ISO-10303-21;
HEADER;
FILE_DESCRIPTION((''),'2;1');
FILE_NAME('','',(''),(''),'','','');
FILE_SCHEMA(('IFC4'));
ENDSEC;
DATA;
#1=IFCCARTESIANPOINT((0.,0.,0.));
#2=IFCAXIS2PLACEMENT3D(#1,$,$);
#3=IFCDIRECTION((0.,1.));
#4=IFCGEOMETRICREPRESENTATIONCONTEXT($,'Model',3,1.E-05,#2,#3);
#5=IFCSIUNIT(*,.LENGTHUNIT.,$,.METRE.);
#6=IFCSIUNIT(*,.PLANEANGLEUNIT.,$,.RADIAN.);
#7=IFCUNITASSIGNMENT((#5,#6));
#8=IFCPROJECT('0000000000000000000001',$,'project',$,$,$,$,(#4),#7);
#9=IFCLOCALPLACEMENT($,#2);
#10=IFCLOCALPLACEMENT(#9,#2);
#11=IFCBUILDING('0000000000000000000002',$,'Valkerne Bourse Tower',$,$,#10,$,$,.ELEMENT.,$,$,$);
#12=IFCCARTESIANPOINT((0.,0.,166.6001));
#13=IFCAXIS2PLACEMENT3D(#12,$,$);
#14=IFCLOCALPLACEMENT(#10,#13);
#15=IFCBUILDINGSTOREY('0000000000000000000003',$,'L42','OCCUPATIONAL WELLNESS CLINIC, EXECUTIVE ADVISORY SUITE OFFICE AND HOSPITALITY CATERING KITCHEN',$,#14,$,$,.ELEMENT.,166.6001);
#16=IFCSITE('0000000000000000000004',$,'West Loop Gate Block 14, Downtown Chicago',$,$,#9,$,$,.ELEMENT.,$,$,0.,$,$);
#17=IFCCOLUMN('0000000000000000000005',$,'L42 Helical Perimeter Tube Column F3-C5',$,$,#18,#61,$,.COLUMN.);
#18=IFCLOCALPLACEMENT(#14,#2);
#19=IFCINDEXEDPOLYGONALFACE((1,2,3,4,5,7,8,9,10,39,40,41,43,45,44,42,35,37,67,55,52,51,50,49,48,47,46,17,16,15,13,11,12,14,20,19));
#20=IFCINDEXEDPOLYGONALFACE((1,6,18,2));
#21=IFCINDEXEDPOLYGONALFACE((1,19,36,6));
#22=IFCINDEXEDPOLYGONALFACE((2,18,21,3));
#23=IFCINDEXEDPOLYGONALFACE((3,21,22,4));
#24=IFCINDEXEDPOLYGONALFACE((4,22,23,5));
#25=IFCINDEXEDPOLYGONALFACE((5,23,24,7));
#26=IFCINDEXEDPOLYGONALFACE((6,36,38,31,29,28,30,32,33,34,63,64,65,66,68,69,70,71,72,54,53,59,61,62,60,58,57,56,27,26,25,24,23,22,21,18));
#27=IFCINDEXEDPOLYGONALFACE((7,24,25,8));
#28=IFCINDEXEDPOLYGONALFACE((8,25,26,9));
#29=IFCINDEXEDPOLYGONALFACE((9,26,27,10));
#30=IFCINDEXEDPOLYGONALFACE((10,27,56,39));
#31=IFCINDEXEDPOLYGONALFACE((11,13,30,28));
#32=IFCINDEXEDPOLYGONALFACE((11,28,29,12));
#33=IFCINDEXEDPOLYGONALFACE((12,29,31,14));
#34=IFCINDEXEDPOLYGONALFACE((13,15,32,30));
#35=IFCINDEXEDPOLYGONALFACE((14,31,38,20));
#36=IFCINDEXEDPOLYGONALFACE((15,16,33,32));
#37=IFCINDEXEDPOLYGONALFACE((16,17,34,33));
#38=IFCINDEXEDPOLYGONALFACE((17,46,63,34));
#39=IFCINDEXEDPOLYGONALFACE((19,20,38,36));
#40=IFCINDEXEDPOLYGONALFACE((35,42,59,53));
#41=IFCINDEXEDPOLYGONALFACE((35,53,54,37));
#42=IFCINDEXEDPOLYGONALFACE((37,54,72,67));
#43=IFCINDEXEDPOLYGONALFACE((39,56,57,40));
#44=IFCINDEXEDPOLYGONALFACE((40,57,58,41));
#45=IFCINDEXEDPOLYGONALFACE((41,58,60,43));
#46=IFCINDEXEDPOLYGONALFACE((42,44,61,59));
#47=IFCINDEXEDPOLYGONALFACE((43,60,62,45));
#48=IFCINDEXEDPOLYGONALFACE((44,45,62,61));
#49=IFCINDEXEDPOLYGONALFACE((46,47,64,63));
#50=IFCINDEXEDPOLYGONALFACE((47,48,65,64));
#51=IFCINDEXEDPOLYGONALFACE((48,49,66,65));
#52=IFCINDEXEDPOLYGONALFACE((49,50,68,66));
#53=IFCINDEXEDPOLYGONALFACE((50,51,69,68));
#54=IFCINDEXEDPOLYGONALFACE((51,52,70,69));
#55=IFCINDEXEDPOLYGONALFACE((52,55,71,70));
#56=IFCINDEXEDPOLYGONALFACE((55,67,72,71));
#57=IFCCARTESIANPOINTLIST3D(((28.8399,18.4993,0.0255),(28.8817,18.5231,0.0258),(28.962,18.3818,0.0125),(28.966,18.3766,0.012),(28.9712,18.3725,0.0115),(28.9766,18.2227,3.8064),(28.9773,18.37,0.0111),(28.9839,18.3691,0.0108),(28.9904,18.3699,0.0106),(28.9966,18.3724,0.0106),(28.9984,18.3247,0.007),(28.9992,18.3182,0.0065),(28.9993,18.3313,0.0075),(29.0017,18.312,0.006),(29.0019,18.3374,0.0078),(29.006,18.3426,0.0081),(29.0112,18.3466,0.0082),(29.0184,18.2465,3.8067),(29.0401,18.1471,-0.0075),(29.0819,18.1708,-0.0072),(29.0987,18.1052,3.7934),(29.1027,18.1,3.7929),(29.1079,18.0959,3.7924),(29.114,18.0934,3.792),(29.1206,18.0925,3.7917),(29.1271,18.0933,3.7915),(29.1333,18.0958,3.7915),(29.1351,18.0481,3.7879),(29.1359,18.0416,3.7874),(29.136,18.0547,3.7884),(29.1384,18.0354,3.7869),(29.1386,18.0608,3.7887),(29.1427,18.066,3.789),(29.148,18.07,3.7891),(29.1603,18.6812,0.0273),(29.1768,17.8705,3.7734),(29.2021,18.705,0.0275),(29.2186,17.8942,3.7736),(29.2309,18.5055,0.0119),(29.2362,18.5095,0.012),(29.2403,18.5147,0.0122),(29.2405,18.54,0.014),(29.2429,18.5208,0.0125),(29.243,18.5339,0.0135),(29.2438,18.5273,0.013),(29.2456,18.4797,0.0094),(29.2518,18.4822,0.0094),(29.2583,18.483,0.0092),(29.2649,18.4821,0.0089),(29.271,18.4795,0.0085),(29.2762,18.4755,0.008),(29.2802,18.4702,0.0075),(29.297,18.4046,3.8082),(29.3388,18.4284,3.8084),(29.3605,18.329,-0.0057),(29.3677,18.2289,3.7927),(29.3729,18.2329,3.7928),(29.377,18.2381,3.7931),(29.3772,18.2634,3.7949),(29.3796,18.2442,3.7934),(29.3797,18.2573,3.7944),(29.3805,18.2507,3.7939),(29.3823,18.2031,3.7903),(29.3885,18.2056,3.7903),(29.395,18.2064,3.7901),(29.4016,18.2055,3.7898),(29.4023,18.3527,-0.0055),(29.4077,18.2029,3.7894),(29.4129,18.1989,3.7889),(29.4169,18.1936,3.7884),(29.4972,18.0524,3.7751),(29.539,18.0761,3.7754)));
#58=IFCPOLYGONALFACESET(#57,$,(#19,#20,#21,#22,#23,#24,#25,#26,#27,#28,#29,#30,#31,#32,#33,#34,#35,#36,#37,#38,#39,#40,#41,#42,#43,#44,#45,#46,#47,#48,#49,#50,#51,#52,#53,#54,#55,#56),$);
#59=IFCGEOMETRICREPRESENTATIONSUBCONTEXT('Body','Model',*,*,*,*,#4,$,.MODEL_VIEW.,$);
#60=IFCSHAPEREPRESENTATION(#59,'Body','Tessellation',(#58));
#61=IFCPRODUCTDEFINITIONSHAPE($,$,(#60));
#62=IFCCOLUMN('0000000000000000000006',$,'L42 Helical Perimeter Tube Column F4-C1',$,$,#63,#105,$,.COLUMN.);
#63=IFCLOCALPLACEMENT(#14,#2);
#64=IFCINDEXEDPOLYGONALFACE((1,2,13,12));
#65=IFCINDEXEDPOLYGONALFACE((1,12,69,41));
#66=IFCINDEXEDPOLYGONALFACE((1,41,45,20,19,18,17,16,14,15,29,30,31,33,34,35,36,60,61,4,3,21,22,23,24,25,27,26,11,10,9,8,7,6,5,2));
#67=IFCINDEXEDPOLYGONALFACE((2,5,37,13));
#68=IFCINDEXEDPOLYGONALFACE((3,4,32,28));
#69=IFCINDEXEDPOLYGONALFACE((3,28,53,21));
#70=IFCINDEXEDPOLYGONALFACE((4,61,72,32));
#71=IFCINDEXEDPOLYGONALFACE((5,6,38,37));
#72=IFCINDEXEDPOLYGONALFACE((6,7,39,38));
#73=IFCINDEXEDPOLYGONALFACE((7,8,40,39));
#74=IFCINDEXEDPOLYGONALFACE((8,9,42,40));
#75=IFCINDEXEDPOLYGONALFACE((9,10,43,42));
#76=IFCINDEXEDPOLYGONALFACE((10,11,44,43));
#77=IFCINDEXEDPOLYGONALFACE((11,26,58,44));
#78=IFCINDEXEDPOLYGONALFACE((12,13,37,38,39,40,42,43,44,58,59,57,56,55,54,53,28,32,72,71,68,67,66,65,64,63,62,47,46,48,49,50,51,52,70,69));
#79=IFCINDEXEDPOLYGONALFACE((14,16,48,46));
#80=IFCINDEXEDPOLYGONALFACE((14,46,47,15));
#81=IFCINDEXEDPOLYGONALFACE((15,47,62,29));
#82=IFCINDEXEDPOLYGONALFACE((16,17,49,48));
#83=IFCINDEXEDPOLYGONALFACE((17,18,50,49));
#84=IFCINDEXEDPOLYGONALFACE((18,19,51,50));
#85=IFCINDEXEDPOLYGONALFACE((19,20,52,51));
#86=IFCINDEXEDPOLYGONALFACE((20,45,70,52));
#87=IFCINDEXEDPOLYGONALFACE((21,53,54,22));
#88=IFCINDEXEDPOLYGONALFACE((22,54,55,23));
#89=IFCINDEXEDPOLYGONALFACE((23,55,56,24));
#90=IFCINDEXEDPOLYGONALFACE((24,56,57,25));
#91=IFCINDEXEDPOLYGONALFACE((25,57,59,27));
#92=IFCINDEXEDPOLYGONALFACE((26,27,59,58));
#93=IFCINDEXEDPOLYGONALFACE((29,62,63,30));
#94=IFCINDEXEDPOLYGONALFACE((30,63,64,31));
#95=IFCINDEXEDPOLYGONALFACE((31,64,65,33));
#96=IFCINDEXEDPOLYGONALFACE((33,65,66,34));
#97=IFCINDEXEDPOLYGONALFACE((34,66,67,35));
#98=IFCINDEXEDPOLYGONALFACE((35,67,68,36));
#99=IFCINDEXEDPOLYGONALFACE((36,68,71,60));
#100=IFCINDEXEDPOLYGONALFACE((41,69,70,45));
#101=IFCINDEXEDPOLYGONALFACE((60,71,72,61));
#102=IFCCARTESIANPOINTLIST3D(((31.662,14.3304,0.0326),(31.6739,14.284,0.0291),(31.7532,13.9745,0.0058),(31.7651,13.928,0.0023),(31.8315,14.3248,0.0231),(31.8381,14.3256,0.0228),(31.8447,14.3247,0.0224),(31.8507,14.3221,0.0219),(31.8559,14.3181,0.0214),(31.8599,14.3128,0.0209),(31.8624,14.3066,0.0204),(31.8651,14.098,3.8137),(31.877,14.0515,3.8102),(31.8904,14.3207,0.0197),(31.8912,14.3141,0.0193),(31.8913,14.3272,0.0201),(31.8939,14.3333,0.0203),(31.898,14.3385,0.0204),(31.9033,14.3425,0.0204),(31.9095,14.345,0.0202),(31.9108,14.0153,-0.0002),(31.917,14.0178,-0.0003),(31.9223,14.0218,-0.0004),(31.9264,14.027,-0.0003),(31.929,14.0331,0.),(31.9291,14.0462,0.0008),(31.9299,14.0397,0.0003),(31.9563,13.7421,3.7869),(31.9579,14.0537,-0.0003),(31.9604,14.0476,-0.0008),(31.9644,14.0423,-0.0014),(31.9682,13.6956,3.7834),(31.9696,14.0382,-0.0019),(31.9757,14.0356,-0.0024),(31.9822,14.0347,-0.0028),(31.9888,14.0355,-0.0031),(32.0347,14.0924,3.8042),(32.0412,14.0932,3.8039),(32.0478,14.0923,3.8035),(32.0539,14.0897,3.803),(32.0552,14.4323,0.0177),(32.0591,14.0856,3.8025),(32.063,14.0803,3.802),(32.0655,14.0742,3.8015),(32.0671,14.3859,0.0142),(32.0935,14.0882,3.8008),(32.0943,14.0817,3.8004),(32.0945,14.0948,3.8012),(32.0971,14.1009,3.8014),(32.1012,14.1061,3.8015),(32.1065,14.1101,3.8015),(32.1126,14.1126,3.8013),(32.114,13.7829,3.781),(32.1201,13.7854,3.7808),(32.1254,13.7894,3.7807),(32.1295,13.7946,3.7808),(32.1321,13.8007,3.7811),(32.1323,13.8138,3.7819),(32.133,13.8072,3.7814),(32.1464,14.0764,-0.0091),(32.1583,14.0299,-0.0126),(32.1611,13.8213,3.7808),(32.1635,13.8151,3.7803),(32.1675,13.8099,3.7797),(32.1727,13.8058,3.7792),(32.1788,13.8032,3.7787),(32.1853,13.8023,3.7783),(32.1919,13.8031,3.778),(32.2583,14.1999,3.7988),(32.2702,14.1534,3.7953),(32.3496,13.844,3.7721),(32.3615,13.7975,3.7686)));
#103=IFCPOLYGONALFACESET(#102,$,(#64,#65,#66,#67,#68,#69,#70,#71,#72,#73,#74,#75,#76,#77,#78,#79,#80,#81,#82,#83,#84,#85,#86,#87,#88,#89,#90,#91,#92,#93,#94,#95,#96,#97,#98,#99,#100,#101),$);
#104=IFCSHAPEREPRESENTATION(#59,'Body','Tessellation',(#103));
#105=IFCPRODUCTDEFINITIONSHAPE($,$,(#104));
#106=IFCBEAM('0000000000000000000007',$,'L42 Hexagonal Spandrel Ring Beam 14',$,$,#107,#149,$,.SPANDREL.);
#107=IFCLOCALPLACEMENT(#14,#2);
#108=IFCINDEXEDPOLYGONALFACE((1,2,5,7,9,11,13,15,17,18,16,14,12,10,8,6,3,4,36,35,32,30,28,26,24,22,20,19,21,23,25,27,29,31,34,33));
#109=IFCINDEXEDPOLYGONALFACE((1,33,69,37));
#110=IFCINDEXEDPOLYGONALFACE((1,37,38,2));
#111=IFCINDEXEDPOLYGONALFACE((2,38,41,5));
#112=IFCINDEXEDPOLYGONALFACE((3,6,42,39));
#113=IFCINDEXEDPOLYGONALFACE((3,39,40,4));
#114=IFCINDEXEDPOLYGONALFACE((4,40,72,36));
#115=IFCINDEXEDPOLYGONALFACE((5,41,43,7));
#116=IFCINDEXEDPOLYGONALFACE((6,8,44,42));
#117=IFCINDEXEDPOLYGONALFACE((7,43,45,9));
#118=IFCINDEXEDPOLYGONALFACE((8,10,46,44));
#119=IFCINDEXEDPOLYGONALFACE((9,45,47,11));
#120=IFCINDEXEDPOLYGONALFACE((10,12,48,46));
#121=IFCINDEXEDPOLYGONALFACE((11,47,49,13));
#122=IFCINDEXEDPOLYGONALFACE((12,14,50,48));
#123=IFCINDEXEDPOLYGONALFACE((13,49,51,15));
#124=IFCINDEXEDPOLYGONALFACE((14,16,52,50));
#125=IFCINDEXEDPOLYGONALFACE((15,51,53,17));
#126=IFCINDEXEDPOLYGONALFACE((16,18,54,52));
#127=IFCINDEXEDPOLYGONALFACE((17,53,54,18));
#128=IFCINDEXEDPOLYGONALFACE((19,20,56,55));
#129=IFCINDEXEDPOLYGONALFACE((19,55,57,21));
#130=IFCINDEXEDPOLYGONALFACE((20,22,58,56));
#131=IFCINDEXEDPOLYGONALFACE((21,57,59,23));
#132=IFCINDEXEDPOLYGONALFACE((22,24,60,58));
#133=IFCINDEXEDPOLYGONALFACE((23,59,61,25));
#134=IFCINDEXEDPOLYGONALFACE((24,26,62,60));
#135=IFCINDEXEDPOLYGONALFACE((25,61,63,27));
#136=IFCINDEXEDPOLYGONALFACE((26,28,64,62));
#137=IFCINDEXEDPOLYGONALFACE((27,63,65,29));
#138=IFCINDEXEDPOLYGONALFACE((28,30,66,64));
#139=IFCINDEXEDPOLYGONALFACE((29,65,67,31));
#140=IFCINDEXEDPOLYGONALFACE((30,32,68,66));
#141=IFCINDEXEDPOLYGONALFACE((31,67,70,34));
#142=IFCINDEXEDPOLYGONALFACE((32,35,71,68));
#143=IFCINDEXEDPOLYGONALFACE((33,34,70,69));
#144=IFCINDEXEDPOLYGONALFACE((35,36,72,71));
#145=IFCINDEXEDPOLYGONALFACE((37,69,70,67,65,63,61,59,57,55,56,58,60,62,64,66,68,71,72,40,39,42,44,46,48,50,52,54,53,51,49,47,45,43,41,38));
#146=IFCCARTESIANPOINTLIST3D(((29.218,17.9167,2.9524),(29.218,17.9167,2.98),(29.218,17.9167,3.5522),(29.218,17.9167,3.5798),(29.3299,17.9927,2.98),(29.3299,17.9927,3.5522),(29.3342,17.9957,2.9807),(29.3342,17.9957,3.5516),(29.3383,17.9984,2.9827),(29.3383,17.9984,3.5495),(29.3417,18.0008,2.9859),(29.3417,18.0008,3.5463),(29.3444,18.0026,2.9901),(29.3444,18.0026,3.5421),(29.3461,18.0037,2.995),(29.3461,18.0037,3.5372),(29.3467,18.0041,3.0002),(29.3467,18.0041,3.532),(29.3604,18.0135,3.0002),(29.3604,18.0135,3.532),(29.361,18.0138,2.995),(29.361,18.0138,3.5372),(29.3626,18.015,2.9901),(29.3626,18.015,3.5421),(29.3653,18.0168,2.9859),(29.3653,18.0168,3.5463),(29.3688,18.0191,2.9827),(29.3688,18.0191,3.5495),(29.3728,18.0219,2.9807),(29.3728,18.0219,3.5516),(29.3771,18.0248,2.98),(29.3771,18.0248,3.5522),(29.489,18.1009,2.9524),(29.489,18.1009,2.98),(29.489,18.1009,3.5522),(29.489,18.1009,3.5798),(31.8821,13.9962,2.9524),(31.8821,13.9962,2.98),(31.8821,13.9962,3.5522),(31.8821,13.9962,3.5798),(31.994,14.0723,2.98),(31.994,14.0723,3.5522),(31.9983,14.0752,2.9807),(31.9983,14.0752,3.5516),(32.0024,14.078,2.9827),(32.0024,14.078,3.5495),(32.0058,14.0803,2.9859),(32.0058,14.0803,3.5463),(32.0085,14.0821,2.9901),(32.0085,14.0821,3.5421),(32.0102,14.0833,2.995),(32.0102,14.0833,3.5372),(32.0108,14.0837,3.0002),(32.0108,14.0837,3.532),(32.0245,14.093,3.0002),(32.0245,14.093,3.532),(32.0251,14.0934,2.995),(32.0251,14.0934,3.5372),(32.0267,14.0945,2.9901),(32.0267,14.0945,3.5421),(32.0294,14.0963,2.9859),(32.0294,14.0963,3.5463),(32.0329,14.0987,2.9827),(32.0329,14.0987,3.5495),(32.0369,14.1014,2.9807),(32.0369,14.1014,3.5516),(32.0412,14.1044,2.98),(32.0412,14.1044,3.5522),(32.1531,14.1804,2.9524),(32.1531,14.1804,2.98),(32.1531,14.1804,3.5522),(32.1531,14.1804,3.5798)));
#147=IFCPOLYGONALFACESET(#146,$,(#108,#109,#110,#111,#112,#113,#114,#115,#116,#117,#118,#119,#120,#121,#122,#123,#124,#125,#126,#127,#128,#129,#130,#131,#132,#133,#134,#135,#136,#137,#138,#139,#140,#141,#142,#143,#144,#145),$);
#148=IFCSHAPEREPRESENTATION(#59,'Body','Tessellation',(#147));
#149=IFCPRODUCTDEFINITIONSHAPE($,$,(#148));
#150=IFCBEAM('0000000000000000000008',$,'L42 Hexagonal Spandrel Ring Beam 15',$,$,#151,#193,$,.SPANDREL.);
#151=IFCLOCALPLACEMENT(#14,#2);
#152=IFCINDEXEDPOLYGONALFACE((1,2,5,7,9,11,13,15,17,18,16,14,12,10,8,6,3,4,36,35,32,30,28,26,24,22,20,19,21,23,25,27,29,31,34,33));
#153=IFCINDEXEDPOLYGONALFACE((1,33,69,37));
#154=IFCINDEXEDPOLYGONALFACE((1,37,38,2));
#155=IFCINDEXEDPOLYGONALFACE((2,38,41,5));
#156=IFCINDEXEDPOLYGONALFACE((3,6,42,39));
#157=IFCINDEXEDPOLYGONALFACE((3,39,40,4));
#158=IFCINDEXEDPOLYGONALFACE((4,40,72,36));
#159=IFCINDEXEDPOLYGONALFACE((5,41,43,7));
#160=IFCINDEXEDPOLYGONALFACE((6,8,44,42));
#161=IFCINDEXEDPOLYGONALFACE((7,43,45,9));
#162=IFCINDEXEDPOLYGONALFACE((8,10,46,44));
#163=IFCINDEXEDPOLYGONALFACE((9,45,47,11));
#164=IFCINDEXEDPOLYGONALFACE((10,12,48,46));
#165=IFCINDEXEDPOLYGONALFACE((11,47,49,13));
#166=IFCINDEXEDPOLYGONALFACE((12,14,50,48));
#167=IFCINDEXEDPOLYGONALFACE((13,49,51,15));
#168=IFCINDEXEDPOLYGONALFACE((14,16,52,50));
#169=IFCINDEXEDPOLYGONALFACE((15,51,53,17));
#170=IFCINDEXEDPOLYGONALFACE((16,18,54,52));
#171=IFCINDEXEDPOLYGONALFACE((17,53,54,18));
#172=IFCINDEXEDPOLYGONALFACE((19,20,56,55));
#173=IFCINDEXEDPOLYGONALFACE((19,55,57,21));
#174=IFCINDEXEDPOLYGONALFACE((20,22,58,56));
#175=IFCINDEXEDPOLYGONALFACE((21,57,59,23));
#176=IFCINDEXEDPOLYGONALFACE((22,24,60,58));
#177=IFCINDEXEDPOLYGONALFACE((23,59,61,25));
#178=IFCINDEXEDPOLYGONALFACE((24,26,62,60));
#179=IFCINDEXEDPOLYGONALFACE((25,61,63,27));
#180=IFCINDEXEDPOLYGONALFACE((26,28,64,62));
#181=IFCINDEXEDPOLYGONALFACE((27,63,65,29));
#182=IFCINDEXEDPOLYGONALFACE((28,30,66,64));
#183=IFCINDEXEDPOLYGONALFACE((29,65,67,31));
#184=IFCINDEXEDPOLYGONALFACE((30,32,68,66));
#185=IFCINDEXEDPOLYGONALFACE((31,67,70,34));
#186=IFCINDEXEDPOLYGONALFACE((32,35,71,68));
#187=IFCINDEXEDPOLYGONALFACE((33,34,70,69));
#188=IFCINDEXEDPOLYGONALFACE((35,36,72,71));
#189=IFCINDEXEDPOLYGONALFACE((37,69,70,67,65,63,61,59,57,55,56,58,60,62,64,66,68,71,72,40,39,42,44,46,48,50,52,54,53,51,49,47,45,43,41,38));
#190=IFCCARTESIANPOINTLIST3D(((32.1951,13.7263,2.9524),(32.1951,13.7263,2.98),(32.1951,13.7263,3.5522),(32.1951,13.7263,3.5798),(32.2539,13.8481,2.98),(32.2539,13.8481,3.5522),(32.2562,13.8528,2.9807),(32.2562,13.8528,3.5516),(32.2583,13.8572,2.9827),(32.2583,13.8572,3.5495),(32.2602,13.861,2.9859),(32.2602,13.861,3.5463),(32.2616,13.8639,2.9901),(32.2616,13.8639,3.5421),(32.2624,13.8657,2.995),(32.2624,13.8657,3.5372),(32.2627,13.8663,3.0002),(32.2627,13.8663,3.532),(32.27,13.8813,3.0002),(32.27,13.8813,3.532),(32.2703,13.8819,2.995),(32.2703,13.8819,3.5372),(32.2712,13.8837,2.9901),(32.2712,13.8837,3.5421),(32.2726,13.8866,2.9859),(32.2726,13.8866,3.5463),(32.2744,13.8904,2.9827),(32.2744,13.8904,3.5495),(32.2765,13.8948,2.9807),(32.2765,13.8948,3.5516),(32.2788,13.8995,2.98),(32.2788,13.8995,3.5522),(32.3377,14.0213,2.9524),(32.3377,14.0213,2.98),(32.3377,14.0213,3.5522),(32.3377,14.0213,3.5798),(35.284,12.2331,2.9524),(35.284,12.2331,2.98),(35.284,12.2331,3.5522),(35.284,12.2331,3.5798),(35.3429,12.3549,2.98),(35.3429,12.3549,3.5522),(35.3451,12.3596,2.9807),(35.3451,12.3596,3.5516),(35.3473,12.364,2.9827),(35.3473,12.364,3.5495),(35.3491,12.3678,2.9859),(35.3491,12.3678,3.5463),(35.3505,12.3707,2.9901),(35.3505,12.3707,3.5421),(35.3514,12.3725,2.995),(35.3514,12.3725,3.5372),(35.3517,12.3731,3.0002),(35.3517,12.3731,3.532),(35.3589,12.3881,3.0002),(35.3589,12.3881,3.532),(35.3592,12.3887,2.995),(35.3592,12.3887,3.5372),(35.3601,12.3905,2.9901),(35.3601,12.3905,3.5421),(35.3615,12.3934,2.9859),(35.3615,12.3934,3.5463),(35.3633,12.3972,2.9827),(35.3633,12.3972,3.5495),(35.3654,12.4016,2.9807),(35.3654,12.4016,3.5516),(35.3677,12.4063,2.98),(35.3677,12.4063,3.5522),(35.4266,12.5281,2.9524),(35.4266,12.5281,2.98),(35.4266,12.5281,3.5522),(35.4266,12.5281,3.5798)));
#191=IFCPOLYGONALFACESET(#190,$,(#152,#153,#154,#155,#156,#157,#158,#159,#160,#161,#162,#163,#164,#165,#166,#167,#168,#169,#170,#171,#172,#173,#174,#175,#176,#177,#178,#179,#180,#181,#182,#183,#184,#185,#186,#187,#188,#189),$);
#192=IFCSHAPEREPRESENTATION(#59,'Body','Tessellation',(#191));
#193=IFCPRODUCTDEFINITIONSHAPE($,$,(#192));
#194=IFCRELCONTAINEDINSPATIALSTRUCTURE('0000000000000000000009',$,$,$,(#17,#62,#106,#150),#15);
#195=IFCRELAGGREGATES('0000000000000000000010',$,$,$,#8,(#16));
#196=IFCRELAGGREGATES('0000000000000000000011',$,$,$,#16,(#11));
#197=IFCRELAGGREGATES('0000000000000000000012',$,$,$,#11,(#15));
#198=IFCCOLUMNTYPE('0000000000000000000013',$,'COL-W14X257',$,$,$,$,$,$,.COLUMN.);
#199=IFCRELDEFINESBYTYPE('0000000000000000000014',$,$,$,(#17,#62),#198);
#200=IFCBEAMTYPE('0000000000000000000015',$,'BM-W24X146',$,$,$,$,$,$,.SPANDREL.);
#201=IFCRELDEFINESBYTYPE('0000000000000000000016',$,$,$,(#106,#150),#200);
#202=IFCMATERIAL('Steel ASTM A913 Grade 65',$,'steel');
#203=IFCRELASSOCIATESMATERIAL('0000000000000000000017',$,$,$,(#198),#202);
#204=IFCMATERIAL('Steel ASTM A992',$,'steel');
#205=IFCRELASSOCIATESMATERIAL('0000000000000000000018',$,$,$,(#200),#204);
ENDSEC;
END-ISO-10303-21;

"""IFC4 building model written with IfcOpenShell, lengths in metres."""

from ifc_helpers import new_model, si_unit, direction, frame, origin, origin_2d, place, context, subcontext, project, spatial, i_section, extrude, material, material_profile, profile_set, type_object, element, save


model = new_model("IFC4")

# Units and contexts
model_context = context("Model", 3, precision=1e-05, world=origin(), true_north=direction((0.0, 1.0)))
body_context = subcontext(model_context, "Body", "Model", "MODEL_VIEW")
ifc_project = project(units=[si_unit("LENGTHUNIT", "METRE"), si_unit("PLANEANGLEUNIT", "RADIAN")], contexts=[model_context])

# Site, building, storey
site_placement = place(None, origin())
site = spatial("IfcSite", under=ifc_project, at=site_placement, Name="West Loop Gate Block 14, Downtown Chicago", CompositionType="ELEMENT", RefElevation=0.0)
building_placement = place(site_placement, origin())
building = spatial("IfcBuilding", under=site, at=building_placement, Name="Valkerne Bourse Tower", CompositionType="ELEMENT")
storey_placement = place(building_placement, frame((0.0, 0.0, 166.6001)))
storey = spatial("IfcBuildingStorey", under=building, at=storey_placement, Name="L42", Description="OCCUPATIONAL WELLNESS CLINIC, EXECUTIVE ADVISORY SUITE OFFICE AND HOSPITALITY CATERING KITCHEN", CompositionType="ELEMENT", Elevation=166.6001)

# Columns
ifc_material_1 = material(Name="Steel ASTM A913 Grade 65", Category="steel")
ifc_material_profile_1 = material_profile(ifc_material_1, i_section(OverallWidth=0.4065, OverallDepth=0.4165, WebThickness=0.0298, FlangeThickness=0.0481, FilletRadius=0.0254, at=origin_2d()), Name="W14X257")
ifc_profile_set_1 = profile_set([ifc_material_profile_1], Name="Steel ASTM A913 Grade 65")
column_type = type_object("IfcColumnType", Name="COL-W14X257", PredefinedType="COLUMN", material=ifc_profile_set_1)
column_1_placement = place(storey_placement, frame((29.1211, 18.426, 0.01), z_axis=(0.03604, -0.072916, 0.996687), x_axis=(0.492499, -0.866517, -0.081201)))
element("IfcColumn", 1, at=column_1_placement, inside=storey, type_object=column_type, Name="L42 Helical Perimeter Tube Column F3-C5", PredefinedType="COLUMN", context=body_context, shape_type="SweptSolid", body=[
    extrude(i_section(OverallWidth=0.4065, OverallDepth=0.4165, WebThickness=0.0298, FlangeThickness=0.0481, FilletRadius=0.0254, at=origin_2d()), origin(), (0.0, 0.0, 1.0), 3.7935),
])
column_2_placement = place(storey_placement, frame((31.9102, 14.1802, 0.01), z_axis=(0.053544, -0.061267, 0.996684), x_axis=(0.967377, 0.250688, -0.03656)))
element("IfcColumn", 2, at=column_2_placement, inside=storey, type_object=column_type, Name="L42 Helical Perimeter Tube Column F4-C1", PredefinedType="COLUMN", context=body_context, shape_type="SweptSolid", body=[
    extrude(i_section(OverallWidth=0.4065, OverallDepth=0.4165, WebThickness=0.0298, FlangeThickness=0.0481, FilletRadius=0.0254, at=origin_2d()), origin(), (0.0, 0.0, 1.0), 3.7937),
])

# Beams
ifc_material_2 = material(Name="Steel ASTM A992", Category="steel")
ifc_material_profile_2 = material_profile(ifc_material_2, i_section(OverallWidth=0.3276, OverallDepth=0.6274, WebThickness=0.0166, FlangeThickness=0.0276, FilletRadius=0.0203, at=origin_2d()), Name="W24X146")
ifc_profile_set_2 = profile_set([ifc_material_profile_2], Name="Steel ASTM A992")
beam_type_1 = type_object("IfcBeamType", Name="BM-W24X146", PredefinedType="SPANDREL", material=ifc_profile_set_2)
beam_1_placement = place(storey_placement, frame((29.3535, 18.0088, 3.2661), z_axis=(0.562048, -0.827105, 0.0), x_axis=(0.827105, 0.562048, 0.0)))
element("IfcBeam", 3, at=beam_1_placement, inside=storey, type_object=beam_type_1, Name="L42 Hexagonal Spandrel Ring Beam 14", PredefinedType="SPANDREL", context=body_context, shape_type="SweptSolid", body=[
    extrude(i_section(OverallWidth=0.3276, OverallDepth=0.6274, WebThickness=0.0166, FlangeThickness=0.0276, FilletRadius=0.0203, at=origin_2d()), origin(), (0.0, 0.0, 1.0), 4.74),
])
beam_2_placement = place(storey_placement, frame((32.2664, 13.8738, 3.2661), z_axis=(0.900325, -0.435219, 0.0), x_axis=(0.435219, 0.900325, 0.0)))
element("IfcBeam", 4, at=beam_2_placement, inside=storey, type_object=beam_type_1, Name="L42 Hexagonal Spandrel Ring Beam 15", PredefinedType="SPANDREL", context=body_context, shape_type="SweptSolid", body=[
    extrude(i_section(OverallWidth=0.3276, OverallDepth=0.6274, WebThickness=0.0166, FlangeThickness=0.0276, FilletRadius=0.0203, at=origin_2d()), origin(), (0.0, 0.0, 1.0), 3.4309),
])

save(model, "model.ifc")
